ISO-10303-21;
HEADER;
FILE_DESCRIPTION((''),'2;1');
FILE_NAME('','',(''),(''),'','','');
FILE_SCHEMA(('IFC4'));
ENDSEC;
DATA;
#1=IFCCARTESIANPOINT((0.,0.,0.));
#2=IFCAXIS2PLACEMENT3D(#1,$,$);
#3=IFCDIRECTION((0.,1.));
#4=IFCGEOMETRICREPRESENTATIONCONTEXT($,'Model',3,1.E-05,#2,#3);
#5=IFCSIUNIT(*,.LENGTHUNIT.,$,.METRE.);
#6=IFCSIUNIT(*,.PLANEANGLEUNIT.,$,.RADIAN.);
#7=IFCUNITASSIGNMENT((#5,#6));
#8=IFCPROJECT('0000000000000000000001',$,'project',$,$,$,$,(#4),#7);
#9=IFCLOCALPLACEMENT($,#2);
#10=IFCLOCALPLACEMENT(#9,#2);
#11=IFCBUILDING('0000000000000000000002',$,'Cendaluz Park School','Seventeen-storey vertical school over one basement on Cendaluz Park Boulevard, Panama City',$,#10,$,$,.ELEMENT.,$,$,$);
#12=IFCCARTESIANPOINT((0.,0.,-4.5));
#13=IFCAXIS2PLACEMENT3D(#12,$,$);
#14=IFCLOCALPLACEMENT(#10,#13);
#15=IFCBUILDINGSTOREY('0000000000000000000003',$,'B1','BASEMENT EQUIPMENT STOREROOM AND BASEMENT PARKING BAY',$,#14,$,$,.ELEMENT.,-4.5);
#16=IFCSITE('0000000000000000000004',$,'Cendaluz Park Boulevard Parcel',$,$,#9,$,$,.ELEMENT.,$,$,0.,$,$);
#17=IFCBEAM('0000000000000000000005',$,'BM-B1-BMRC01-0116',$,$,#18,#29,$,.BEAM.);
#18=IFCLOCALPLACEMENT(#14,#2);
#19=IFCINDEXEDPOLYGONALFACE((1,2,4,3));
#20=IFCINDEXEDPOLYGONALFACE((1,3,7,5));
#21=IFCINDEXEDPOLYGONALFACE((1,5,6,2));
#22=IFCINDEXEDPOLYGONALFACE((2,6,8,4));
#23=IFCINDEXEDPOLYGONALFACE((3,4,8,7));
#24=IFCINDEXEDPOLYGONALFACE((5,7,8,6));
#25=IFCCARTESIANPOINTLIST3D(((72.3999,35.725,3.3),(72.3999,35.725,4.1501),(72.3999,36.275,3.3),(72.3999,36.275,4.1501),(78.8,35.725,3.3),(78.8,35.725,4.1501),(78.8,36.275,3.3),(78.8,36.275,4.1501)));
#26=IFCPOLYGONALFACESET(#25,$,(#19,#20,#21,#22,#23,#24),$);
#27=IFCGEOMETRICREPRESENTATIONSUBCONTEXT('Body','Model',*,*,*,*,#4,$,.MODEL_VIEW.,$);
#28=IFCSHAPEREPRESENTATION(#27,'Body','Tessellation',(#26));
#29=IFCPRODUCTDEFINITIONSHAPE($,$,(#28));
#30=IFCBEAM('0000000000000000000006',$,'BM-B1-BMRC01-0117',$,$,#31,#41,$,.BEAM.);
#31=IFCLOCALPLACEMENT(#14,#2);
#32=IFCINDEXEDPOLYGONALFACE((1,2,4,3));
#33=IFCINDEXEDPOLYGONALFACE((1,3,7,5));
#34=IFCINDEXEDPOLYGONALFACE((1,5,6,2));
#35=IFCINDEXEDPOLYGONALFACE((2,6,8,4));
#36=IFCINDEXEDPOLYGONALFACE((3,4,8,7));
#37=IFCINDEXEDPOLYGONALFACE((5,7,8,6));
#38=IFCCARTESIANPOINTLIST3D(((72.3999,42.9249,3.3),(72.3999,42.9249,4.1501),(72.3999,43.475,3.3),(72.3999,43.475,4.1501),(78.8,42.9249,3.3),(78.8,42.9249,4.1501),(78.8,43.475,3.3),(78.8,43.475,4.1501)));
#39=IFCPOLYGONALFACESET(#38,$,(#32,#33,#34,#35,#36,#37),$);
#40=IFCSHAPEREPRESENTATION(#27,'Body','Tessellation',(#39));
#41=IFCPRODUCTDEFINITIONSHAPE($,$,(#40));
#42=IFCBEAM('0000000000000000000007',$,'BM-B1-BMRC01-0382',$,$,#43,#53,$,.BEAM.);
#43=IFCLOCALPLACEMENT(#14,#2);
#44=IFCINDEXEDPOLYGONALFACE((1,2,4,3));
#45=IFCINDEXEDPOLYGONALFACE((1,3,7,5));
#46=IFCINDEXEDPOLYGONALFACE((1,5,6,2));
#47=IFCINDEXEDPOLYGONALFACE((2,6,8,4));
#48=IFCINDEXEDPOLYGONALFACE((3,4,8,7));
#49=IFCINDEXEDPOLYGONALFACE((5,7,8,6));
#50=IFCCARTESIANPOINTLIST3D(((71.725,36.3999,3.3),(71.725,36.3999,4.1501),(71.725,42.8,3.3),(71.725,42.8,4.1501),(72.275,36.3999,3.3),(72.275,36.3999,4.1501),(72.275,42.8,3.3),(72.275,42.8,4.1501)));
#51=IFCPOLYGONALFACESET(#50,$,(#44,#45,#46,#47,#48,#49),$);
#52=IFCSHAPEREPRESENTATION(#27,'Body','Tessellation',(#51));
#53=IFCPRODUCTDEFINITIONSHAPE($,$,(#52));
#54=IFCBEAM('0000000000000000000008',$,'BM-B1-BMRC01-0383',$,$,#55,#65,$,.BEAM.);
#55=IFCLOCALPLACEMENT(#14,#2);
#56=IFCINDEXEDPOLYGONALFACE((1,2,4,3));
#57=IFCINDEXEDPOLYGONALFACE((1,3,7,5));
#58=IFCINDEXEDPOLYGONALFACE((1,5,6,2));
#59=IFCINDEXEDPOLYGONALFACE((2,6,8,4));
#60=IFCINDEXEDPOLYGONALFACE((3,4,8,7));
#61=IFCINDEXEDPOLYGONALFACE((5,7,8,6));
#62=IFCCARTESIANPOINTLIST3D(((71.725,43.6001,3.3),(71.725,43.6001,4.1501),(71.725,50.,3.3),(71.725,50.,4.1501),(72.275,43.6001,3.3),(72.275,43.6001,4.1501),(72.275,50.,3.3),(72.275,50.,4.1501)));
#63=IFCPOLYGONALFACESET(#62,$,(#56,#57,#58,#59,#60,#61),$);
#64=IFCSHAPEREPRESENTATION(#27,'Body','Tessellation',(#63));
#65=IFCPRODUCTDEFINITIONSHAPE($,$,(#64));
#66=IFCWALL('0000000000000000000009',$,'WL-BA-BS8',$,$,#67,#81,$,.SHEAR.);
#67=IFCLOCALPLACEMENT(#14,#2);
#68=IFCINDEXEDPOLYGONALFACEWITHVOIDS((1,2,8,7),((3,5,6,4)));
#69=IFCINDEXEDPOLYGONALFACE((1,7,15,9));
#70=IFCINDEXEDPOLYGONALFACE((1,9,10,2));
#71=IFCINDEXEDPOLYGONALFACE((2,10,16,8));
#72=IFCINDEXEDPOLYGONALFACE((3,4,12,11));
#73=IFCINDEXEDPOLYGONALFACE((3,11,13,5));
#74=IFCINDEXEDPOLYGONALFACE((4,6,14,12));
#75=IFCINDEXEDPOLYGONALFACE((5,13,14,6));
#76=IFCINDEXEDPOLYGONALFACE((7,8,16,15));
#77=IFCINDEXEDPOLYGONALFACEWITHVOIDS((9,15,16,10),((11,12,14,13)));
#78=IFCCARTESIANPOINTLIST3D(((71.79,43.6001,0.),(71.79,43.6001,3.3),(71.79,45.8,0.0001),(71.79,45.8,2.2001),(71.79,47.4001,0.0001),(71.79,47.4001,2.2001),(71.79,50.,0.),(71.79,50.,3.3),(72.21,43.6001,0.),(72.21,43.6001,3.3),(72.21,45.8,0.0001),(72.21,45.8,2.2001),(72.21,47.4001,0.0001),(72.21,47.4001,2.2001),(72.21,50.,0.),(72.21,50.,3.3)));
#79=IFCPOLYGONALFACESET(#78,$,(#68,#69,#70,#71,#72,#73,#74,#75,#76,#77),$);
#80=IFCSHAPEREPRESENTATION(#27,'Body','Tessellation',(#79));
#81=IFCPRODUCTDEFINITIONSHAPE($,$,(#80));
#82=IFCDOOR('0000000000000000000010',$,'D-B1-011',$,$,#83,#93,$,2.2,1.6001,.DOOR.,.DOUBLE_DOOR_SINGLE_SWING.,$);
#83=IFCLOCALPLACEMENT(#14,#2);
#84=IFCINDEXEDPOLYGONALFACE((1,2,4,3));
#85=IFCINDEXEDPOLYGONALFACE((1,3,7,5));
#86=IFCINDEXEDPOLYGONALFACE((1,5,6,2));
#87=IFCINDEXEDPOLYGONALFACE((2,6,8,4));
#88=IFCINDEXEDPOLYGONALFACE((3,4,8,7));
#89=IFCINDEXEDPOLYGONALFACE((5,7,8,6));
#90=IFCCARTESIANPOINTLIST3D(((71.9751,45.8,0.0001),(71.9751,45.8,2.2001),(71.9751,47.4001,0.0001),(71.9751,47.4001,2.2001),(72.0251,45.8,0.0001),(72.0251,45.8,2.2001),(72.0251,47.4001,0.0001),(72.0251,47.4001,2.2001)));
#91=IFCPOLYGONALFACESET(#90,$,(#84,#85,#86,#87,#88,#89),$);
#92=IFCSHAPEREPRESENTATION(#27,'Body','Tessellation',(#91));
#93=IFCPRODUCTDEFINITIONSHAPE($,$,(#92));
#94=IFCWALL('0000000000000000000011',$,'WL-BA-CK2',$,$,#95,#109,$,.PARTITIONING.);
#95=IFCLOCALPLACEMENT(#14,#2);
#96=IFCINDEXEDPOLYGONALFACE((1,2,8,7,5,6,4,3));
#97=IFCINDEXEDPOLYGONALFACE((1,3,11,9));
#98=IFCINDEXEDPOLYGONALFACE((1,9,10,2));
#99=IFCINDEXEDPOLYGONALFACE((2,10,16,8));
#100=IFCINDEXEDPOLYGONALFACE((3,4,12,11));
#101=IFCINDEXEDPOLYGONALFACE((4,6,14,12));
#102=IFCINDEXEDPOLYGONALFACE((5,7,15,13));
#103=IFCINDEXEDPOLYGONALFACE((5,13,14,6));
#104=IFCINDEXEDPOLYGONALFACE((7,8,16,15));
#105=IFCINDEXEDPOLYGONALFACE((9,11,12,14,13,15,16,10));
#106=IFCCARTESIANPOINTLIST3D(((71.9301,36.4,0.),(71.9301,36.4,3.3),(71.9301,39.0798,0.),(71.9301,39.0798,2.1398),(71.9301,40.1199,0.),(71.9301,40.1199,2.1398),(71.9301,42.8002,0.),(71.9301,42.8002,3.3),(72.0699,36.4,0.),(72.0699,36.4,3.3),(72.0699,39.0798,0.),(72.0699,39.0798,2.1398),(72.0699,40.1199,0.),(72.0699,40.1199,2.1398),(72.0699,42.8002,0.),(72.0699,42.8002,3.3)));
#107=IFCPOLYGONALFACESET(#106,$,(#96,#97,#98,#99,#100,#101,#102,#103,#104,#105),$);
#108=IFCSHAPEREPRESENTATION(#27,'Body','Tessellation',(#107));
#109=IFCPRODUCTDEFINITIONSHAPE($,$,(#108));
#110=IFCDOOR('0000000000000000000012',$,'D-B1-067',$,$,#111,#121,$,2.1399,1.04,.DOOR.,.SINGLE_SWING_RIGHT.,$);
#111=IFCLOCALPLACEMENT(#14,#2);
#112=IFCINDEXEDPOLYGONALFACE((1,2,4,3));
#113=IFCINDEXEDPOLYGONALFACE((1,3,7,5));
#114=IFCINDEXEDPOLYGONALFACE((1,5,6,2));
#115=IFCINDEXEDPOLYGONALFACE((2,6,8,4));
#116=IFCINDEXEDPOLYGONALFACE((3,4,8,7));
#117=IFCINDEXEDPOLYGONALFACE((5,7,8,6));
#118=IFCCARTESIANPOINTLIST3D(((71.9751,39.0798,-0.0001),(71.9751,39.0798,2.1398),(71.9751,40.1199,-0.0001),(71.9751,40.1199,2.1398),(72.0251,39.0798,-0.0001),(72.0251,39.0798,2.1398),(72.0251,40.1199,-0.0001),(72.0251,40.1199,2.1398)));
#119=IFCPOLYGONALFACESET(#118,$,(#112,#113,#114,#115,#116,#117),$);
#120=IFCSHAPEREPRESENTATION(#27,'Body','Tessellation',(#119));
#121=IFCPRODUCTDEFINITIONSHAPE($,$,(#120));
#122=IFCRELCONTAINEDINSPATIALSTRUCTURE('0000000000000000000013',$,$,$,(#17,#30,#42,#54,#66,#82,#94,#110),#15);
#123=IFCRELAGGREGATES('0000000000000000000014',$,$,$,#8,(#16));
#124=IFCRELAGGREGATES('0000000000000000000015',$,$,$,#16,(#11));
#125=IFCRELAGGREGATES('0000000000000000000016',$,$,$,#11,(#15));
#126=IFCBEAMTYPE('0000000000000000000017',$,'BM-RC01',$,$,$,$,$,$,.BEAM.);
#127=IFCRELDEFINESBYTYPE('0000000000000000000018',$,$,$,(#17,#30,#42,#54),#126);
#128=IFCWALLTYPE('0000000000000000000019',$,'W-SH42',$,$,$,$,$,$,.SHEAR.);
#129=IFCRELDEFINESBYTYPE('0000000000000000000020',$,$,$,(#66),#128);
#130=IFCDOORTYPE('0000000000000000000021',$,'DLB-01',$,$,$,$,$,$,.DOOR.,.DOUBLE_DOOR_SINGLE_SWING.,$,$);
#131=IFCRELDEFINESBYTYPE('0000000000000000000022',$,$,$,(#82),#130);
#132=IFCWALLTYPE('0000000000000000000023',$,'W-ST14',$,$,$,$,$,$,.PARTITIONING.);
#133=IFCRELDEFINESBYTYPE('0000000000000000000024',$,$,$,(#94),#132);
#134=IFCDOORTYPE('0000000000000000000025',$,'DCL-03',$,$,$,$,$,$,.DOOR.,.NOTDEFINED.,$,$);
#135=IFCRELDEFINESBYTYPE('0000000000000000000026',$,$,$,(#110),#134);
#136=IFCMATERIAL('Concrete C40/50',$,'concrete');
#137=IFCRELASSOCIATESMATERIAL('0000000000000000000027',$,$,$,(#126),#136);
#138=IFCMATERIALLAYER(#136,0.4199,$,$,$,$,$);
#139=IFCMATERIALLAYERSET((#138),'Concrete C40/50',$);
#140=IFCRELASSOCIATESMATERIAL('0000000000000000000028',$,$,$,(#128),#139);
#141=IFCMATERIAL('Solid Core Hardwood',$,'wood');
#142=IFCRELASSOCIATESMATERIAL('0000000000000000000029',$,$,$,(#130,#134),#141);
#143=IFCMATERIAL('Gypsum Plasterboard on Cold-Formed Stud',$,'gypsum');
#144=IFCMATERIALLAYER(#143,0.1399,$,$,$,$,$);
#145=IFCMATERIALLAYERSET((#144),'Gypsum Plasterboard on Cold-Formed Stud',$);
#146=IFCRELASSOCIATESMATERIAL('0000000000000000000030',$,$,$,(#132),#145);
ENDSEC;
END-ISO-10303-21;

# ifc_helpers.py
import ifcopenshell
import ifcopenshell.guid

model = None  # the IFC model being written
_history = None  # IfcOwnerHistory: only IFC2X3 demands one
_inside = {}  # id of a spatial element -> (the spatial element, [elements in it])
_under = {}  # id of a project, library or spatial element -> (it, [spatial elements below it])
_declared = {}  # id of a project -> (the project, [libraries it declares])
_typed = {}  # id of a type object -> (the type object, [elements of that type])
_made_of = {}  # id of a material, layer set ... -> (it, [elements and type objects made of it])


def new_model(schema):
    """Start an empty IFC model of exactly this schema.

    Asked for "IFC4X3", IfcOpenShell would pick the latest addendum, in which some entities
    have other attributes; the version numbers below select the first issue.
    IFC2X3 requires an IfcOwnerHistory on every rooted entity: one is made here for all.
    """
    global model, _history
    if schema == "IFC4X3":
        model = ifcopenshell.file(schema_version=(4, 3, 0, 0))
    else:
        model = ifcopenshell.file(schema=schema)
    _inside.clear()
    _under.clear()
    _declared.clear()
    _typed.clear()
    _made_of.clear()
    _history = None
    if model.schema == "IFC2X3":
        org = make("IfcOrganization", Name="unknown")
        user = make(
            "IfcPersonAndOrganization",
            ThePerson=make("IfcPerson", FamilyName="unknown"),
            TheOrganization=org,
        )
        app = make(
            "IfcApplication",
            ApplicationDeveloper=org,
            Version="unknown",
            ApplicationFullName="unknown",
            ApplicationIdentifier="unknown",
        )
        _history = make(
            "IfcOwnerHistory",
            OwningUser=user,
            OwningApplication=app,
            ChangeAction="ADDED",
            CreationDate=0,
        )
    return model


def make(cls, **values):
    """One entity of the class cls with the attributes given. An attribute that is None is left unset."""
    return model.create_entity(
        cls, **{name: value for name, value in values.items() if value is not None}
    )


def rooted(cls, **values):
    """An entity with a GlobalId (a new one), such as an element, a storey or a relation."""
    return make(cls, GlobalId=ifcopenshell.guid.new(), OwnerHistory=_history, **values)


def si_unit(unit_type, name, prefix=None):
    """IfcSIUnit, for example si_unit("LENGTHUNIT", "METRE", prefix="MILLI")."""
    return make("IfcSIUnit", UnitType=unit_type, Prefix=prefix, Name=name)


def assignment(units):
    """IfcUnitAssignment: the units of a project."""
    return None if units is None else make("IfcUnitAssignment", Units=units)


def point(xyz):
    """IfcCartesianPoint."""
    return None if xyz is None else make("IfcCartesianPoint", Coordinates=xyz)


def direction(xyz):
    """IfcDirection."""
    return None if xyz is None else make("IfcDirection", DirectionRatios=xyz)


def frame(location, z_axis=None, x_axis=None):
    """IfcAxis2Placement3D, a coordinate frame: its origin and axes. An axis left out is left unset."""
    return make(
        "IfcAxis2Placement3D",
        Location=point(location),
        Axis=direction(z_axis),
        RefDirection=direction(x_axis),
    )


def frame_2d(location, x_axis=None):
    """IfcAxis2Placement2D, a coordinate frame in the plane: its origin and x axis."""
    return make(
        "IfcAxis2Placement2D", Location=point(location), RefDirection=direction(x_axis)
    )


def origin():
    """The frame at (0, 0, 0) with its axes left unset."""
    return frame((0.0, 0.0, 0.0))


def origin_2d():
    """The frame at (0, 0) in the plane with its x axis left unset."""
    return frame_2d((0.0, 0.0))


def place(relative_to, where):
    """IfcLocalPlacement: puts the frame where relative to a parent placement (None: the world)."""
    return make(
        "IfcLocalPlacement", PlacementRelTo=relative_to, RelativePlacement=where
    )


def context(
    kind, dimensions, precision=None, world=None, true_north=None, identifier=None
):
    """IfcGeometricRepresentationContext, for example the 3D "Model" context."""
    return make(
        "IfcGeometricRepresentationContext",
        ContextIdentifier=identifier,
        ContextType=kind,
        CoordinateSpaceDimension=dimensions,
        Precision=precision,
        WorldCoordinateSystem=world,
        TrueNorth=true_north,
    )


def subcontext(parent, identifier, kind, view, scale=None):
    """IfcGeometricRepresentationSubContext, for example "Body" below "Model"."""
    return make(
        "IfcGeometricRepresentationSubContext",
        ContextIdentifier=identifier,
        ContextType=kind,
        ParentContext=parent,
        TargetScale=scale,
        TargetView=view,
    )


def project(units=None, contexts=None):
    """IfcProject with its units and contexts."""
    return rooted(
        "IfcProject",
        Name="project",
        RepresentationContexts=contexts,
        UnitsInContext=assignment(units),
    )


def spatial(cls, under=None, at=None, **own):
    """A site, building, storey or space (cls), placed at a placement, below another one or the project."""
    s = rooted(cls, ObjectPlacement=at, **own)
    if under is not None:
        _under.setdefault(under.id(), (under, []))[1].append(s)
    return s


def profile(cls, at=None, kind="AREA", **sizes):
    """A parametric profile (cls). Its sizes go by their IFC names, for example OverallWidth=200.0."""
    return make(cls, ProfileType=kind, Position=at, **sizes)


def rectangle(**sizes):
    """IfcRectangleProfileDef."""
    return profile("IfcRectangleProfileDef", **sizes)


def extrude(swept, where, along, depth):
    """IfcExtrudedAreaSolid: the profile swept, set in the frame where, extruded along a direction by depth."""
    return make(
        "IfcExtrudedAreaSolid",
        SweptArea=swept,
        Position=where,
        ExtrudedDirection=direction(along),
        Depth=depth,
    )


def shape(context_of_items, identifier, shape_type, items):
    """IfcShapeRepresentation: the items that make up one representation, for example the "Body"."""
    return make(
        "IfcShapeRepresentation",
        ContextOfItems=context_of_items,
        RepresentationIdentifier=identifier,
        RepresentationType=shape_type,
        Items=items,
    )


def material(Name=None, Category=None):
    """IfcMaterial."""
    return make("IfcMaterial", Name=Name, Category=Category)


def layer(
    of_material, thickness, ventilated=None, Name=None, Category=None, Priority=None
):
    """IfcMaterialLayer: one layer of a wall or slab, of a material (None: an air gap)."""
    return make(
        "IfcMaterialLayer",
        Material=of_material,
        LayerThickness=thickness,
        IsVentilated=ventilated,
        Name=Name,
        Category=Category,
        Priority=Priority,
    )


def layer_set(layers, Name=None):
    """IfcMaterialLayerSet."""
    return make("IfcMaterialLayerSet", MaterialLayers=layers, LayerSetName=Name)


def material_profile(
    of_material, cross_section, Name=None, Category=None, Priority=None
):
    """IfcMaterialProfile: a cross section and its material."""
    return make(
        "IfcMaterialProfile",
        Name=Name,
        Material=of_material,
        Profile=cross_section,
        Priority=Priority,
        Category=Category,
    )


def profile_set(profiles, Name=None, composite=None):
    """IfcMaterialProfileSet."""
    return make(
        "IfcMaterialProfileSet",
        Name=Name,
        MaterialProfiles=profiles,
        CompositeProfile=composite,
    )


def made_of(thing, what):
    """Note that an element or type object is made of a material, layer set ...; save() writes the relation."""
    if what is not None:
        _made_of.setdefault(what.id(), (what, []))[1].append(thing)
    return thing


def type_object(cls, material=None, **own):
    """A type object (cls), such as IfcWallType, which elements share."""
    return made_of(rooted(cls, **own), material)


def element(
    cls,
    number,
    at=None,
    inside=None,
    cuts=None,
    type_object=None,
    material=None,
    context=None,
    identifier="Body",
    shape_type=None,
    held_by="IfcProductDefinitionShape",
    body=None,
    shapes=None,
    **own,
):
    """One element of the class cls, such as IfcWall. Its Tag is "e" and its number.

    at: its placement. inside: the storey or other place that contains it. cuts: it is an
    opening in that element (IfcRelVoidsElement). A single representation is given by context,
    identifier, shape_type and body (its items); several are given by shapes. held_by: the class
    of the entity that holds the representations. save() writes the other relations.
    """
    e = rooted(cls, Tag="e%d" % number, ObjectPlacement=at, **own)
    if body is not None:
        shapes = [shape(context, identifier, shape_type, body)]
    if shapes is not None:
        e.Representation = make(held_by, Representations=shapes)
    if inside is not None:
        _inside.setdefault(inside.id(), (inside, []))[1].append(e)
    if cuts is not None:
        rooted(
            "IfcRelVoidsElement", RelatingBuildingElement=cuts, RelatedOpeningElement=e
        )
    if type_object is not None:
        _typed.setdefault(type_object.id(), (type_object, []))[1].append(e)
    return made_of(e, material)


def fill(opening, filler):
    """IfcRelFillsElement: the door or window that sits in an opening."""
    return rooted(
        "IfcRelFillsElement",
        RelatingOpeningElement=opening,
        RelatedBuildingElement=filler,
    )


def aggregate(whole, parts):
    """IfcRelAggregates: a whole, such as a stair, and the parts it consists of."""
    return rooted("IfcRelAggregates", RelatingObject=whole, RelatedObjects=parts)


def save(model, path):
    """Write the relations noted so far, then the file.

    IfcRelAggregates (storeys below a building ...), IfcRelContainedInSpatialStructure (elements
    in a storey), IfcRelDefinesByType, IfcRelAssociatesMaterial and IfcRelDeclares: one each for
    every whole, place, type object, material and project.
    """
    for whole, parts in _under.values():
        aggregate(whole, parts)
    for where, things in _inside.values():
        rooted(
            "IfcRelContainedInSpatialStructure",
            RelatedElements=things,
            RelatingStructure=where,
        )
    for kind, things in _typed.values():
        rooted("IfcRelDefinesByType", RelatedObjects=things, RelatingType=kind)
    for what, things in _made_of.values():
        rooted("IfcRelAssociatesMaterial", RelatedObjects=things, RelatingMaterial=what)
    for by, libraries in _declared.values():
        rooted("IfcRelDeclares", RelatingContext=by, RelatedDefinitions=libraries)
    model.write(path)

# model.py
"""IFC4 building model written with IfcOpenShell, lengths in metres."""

from ifc_helpers import new_model, si_unit, direction, frame, frame_2d, origin, origin_2d, place, context, subcontext, project, spatial, rectangle, extrude, material, layer, layer_set, material_profile, profile_set, type_object, element, fill, save


model = new_model("IFC4")

# Units and contexts
model_context = context("Model", 3, precision=1e-05, world=origin(), true_north=direction((0.0, 1.0)))
body_context = subcontext(model_context, "Body", "Model", "MODEL_VIEW")
ifc_project = project(units=[si_unit("LENGTHUNIT", "METRE"), si_unit("PLANEANGLEUNIT", "RADIAN")], contexts=[model_context])

# Site, building, storey
site_placement = place(None, origin())
site = spatial("IfcSite", under=ifc_project, at=site_placement, Name="Cendaluz Park Boulevard Parcel", CompositionType="ELEMENT", RefElevation=0.0)
building_placement = place(site_placement, origin())
building = spatial("IfcBuilding", under=site, at=building_placement, Name="Cendaluz Park School", Description="Seventeen-storey vertical school over one basement on Cendaluz Park Boulevard, Panama City", CompositionType="ELEMENT")
storey_placement = place(building_placement, frame((0.0, 0.0, -4.5)))
storey = spatial("IfcBuildingStorey", under=building, at=storey_placement, Name="B1", Description="BASEMENT EQUIPMENT STOREROOM AND BASEMENT PARKING BAY", CompositionType="ELEMENT", Elevation=-4.5)

# Shared definitions
ifc_material_1 = material(Name="Concrete C40/50", Category="concrete")

# Beams
ifc_material_profile_1 = material_profile(ifc_material_1, rectangle(XDim=0.55, YDim=0.8501, at=origin_2d()), Name="RC 550x850", Category="concrete")
ifc_profile_set_1 = profile_set([ifc_material_profile_1], Name="Concrete C40/50")
beam_type = type_object("IfcBeamType", Name="BM-RC01", PredefinedType="BEAM", material=ifc_profile_set_1)
for number, where, z_axis, x_axis, name in (
    (1, (72.3999, 36.0, 3.7251), (1.0, 0.0, 0.0), (0.0, 1.0, 0.0), "BM-B1-BMRC01-0116"),
    (2, (72.3999, 43.2, 3.7251), (1.0, 0.0, 0.0), (0.0, 1.0, 0.0), "BM-B1-BMRC01-0117"),
    (3, (72.0, 36.3999, 3.7251), (0.0, 1.0, 0.0), (-1.0, 0.0, 0.0), "BM-B1-BMRC01-0382"),
):
    element("IfcBeam", number, at=place(storey_placement, frame(where, z_axis=z_axis, x_axis=x_axis)), inside=storey, type_object=beam_type, Name=name, PredefinedType="BEAM", context=body_context, shape_type="SweptSolid", body=[
        extrude(rectangle(XDim=0.55, YDim=0.8501, at=origin_2d()), origin(), (0.0, 0.0, 1.0), 6.4001),
    ])
beam_placement = place(storey_placement, frame((72.0, 43.6001, 3.7251), z_axis=(0.0, 1.0, 0.0), x_axis=(-1.0, 0.0, 0.0)))
element("IfcBeam", 4, at=beam_placement, inside=storey, type_object=beam_type, Name="BM-B1-BMRC01-0383", PredefinedType="BEAM", context=body_context, shape_type="SweptSolid", body=[
    extrude(rectangle(XDim=0.55, YDim=0.8501, at=origin_2d()), origin(), (0.0, 0.0, 1.0), 6.3999),
])

# Walls, openings, doors
ifc_layer_1 = layer(ifc_material_1, 0.4199)
ifc_layer_set_1 = layer_set([ifc_layer_1], Name="Concrete C40/50")
wall_type_1 = type_object("IfcWallType", Name="W-SH42", PredefinedType="SHEAR", material=ifc_layer_set_1)
wall_1_placement = place(storey_placement, frame((72.0, 43.6001, 0.0), z_axis=(0.0, 0.0, 1.0), x_axis=(0.0, 1.0, 0.0)))
wall_1 = element("IfcWall", 5, at=wall_1_placement, inside=storey, type_object=wall_type_1, Name="WL-BA-BS8", PredefinedType="SHEAR", context=body_context, shape_type="SweptSolid", body=[
    extrude(rectangle(XDim=6.3999, YDim=0.4199, at=frame_2d((3.2, 0.0))), origin(), (0.0, 0.0, 1.0), 3.3),
])
opening_1_placement = place(wall_1_placement, frame((2.2, 0.0, 0.0)))
opening_1 = element("IfcOpeningElement", 6, at=opening_1_placement, cuts=wall_1, PredefinedType="OPENING", context=body_context, shape_type="SweptSolid", body=[
    extrude(rectangle(XDim=1.6001, YDim=2.2, at=frame_2d((0.8, 1.1001))), frame((0.0, 0.2219, 0.0), z_axis=(0.0, -1.0, 0.0), x_axis=(1.0, 0.0, 0.0)), (0.0, 0.0, 1.0), 0.4438),
])
ifc_material_2 = material(Name="Solid Core Hardwood", Category="wood")
door_type_1 = type_object("IfcDoorType", Name="DLB-01", OperationType="DOUBLE_DOOR_SINGLE_SWING", PredefinedType="DOOR", material=ifc_material_2)
door_1_placement = place(opening_1_placement, origin())
door_1 = element("IfcDoor", 7, at=door_1_placement, inside=storey, type_object=door_type_1, Name="D-B1-011", OperationType="DOUBLE_DOOR_SINGLE_SWING", OverallHeight=2.2, OverallWidth=1.6001, PredefinedType="DOOR", context=body_context, shape_type="SweptSolid", body=[
    extrude(rectangle(XDim=1.6001, YDim=2.2, at=frame_2d((0.8, 1.1001))), frame((0.0, 0.0249, 0.0), z_axis=(0.0, -1.0, 0.0), x_axis=(1.0, 0.0, 0.0)), (0.0, 0.0, 1.0), 0.05),
])
fill(opening_1, door_1)
ifc_material_3 = material(Name="Gypsum Plasterboard on Cold-Formed Stud", Category="gypsum")
ifc_layer_2 = layer(ifc_material_3, 0.1399)
ifc_layer_set_2 = layer_set([ifc_layer_2], Name="Gypsum Plasterboard on Cold-Formed Stud")
wall_type_2 = type_object("IfcWallType", Name="W-ST14", PredefinedType="PARTITIONING", material=ifc_layer_set_2)
wall_2_placement = place(storey_placement, frame((72.0, 36.3999, 0.0), z_axis=(0.0, 0.0, 1.0), x_axis=(0.0, 1.0, 0.0)))
wall_2 = element("IfcWall", 8, at=wall_2_placement, inside=storey, type_object=wall_type_2, Name="WL-BA-CK2", PredefinedType="PARTITIONING", context=body_context, shape_type="SweptSolid", body=[
    extrude(rectangle(XDim=6.4001, YDim=0.1399, at=frame_2d((3.2002, 0.0))), origin(), (0.0, 0.0, 1.0), 3.3),
])
opening_2_placement = place(wall_2_placement, frame((2.6799, 0.0, 0.0)))
opening_2 = element("IfcOpeningElement", 9, at=opening_2_placement, cuts=wall_2, PredefinedType="OPENING", context=body_context, shape_type="SweptSolid", body=[
    extrude(rectangle(XDim=1.04, YDim=2.1399, at=frame_2d((0.52, 1.0698))), frame((0.0, 0.082, 0.0), z_axis=(0.0, -1.0, 0.0), x_axis=(1.0, 0.0, 0.0)), (0.0, 0.0, 1.0), 0.1638),
])
door_type_2 = type_object("IfcDoorType", Name="DCL-03", OperationType="NOTDEFINED", PredefinedType="DOOR", material=ifc_material_2)
door_2_placement = place(opening_2_placement, origin())
door_2 = element("IfcDoor", 10, at=door_2_placement, inside=storey, type_object=door_type_2, Name="D-B1-067", OperationType="SINGLE_SWING_RIGHT", OverallHeight=2.1399, OverallWidth=1.04, PredefinedType="DOOR", context=body_context, shape_type="SweptSolid", body=[
    extrude(rectangle(XDim=1.04, YDim=2.1399, at=frame_2d((0.52, 1.0698))), frame((0.0, 0.0249, 0.0), z_axis=(0.0, -1.0, 0.0), x_axis=(1.0, 0.0, 0.0)), (0.0, 0.0, 1.0), 0.05),
])
fill(opening_2, door_2)

save(model, "model.ifc")
